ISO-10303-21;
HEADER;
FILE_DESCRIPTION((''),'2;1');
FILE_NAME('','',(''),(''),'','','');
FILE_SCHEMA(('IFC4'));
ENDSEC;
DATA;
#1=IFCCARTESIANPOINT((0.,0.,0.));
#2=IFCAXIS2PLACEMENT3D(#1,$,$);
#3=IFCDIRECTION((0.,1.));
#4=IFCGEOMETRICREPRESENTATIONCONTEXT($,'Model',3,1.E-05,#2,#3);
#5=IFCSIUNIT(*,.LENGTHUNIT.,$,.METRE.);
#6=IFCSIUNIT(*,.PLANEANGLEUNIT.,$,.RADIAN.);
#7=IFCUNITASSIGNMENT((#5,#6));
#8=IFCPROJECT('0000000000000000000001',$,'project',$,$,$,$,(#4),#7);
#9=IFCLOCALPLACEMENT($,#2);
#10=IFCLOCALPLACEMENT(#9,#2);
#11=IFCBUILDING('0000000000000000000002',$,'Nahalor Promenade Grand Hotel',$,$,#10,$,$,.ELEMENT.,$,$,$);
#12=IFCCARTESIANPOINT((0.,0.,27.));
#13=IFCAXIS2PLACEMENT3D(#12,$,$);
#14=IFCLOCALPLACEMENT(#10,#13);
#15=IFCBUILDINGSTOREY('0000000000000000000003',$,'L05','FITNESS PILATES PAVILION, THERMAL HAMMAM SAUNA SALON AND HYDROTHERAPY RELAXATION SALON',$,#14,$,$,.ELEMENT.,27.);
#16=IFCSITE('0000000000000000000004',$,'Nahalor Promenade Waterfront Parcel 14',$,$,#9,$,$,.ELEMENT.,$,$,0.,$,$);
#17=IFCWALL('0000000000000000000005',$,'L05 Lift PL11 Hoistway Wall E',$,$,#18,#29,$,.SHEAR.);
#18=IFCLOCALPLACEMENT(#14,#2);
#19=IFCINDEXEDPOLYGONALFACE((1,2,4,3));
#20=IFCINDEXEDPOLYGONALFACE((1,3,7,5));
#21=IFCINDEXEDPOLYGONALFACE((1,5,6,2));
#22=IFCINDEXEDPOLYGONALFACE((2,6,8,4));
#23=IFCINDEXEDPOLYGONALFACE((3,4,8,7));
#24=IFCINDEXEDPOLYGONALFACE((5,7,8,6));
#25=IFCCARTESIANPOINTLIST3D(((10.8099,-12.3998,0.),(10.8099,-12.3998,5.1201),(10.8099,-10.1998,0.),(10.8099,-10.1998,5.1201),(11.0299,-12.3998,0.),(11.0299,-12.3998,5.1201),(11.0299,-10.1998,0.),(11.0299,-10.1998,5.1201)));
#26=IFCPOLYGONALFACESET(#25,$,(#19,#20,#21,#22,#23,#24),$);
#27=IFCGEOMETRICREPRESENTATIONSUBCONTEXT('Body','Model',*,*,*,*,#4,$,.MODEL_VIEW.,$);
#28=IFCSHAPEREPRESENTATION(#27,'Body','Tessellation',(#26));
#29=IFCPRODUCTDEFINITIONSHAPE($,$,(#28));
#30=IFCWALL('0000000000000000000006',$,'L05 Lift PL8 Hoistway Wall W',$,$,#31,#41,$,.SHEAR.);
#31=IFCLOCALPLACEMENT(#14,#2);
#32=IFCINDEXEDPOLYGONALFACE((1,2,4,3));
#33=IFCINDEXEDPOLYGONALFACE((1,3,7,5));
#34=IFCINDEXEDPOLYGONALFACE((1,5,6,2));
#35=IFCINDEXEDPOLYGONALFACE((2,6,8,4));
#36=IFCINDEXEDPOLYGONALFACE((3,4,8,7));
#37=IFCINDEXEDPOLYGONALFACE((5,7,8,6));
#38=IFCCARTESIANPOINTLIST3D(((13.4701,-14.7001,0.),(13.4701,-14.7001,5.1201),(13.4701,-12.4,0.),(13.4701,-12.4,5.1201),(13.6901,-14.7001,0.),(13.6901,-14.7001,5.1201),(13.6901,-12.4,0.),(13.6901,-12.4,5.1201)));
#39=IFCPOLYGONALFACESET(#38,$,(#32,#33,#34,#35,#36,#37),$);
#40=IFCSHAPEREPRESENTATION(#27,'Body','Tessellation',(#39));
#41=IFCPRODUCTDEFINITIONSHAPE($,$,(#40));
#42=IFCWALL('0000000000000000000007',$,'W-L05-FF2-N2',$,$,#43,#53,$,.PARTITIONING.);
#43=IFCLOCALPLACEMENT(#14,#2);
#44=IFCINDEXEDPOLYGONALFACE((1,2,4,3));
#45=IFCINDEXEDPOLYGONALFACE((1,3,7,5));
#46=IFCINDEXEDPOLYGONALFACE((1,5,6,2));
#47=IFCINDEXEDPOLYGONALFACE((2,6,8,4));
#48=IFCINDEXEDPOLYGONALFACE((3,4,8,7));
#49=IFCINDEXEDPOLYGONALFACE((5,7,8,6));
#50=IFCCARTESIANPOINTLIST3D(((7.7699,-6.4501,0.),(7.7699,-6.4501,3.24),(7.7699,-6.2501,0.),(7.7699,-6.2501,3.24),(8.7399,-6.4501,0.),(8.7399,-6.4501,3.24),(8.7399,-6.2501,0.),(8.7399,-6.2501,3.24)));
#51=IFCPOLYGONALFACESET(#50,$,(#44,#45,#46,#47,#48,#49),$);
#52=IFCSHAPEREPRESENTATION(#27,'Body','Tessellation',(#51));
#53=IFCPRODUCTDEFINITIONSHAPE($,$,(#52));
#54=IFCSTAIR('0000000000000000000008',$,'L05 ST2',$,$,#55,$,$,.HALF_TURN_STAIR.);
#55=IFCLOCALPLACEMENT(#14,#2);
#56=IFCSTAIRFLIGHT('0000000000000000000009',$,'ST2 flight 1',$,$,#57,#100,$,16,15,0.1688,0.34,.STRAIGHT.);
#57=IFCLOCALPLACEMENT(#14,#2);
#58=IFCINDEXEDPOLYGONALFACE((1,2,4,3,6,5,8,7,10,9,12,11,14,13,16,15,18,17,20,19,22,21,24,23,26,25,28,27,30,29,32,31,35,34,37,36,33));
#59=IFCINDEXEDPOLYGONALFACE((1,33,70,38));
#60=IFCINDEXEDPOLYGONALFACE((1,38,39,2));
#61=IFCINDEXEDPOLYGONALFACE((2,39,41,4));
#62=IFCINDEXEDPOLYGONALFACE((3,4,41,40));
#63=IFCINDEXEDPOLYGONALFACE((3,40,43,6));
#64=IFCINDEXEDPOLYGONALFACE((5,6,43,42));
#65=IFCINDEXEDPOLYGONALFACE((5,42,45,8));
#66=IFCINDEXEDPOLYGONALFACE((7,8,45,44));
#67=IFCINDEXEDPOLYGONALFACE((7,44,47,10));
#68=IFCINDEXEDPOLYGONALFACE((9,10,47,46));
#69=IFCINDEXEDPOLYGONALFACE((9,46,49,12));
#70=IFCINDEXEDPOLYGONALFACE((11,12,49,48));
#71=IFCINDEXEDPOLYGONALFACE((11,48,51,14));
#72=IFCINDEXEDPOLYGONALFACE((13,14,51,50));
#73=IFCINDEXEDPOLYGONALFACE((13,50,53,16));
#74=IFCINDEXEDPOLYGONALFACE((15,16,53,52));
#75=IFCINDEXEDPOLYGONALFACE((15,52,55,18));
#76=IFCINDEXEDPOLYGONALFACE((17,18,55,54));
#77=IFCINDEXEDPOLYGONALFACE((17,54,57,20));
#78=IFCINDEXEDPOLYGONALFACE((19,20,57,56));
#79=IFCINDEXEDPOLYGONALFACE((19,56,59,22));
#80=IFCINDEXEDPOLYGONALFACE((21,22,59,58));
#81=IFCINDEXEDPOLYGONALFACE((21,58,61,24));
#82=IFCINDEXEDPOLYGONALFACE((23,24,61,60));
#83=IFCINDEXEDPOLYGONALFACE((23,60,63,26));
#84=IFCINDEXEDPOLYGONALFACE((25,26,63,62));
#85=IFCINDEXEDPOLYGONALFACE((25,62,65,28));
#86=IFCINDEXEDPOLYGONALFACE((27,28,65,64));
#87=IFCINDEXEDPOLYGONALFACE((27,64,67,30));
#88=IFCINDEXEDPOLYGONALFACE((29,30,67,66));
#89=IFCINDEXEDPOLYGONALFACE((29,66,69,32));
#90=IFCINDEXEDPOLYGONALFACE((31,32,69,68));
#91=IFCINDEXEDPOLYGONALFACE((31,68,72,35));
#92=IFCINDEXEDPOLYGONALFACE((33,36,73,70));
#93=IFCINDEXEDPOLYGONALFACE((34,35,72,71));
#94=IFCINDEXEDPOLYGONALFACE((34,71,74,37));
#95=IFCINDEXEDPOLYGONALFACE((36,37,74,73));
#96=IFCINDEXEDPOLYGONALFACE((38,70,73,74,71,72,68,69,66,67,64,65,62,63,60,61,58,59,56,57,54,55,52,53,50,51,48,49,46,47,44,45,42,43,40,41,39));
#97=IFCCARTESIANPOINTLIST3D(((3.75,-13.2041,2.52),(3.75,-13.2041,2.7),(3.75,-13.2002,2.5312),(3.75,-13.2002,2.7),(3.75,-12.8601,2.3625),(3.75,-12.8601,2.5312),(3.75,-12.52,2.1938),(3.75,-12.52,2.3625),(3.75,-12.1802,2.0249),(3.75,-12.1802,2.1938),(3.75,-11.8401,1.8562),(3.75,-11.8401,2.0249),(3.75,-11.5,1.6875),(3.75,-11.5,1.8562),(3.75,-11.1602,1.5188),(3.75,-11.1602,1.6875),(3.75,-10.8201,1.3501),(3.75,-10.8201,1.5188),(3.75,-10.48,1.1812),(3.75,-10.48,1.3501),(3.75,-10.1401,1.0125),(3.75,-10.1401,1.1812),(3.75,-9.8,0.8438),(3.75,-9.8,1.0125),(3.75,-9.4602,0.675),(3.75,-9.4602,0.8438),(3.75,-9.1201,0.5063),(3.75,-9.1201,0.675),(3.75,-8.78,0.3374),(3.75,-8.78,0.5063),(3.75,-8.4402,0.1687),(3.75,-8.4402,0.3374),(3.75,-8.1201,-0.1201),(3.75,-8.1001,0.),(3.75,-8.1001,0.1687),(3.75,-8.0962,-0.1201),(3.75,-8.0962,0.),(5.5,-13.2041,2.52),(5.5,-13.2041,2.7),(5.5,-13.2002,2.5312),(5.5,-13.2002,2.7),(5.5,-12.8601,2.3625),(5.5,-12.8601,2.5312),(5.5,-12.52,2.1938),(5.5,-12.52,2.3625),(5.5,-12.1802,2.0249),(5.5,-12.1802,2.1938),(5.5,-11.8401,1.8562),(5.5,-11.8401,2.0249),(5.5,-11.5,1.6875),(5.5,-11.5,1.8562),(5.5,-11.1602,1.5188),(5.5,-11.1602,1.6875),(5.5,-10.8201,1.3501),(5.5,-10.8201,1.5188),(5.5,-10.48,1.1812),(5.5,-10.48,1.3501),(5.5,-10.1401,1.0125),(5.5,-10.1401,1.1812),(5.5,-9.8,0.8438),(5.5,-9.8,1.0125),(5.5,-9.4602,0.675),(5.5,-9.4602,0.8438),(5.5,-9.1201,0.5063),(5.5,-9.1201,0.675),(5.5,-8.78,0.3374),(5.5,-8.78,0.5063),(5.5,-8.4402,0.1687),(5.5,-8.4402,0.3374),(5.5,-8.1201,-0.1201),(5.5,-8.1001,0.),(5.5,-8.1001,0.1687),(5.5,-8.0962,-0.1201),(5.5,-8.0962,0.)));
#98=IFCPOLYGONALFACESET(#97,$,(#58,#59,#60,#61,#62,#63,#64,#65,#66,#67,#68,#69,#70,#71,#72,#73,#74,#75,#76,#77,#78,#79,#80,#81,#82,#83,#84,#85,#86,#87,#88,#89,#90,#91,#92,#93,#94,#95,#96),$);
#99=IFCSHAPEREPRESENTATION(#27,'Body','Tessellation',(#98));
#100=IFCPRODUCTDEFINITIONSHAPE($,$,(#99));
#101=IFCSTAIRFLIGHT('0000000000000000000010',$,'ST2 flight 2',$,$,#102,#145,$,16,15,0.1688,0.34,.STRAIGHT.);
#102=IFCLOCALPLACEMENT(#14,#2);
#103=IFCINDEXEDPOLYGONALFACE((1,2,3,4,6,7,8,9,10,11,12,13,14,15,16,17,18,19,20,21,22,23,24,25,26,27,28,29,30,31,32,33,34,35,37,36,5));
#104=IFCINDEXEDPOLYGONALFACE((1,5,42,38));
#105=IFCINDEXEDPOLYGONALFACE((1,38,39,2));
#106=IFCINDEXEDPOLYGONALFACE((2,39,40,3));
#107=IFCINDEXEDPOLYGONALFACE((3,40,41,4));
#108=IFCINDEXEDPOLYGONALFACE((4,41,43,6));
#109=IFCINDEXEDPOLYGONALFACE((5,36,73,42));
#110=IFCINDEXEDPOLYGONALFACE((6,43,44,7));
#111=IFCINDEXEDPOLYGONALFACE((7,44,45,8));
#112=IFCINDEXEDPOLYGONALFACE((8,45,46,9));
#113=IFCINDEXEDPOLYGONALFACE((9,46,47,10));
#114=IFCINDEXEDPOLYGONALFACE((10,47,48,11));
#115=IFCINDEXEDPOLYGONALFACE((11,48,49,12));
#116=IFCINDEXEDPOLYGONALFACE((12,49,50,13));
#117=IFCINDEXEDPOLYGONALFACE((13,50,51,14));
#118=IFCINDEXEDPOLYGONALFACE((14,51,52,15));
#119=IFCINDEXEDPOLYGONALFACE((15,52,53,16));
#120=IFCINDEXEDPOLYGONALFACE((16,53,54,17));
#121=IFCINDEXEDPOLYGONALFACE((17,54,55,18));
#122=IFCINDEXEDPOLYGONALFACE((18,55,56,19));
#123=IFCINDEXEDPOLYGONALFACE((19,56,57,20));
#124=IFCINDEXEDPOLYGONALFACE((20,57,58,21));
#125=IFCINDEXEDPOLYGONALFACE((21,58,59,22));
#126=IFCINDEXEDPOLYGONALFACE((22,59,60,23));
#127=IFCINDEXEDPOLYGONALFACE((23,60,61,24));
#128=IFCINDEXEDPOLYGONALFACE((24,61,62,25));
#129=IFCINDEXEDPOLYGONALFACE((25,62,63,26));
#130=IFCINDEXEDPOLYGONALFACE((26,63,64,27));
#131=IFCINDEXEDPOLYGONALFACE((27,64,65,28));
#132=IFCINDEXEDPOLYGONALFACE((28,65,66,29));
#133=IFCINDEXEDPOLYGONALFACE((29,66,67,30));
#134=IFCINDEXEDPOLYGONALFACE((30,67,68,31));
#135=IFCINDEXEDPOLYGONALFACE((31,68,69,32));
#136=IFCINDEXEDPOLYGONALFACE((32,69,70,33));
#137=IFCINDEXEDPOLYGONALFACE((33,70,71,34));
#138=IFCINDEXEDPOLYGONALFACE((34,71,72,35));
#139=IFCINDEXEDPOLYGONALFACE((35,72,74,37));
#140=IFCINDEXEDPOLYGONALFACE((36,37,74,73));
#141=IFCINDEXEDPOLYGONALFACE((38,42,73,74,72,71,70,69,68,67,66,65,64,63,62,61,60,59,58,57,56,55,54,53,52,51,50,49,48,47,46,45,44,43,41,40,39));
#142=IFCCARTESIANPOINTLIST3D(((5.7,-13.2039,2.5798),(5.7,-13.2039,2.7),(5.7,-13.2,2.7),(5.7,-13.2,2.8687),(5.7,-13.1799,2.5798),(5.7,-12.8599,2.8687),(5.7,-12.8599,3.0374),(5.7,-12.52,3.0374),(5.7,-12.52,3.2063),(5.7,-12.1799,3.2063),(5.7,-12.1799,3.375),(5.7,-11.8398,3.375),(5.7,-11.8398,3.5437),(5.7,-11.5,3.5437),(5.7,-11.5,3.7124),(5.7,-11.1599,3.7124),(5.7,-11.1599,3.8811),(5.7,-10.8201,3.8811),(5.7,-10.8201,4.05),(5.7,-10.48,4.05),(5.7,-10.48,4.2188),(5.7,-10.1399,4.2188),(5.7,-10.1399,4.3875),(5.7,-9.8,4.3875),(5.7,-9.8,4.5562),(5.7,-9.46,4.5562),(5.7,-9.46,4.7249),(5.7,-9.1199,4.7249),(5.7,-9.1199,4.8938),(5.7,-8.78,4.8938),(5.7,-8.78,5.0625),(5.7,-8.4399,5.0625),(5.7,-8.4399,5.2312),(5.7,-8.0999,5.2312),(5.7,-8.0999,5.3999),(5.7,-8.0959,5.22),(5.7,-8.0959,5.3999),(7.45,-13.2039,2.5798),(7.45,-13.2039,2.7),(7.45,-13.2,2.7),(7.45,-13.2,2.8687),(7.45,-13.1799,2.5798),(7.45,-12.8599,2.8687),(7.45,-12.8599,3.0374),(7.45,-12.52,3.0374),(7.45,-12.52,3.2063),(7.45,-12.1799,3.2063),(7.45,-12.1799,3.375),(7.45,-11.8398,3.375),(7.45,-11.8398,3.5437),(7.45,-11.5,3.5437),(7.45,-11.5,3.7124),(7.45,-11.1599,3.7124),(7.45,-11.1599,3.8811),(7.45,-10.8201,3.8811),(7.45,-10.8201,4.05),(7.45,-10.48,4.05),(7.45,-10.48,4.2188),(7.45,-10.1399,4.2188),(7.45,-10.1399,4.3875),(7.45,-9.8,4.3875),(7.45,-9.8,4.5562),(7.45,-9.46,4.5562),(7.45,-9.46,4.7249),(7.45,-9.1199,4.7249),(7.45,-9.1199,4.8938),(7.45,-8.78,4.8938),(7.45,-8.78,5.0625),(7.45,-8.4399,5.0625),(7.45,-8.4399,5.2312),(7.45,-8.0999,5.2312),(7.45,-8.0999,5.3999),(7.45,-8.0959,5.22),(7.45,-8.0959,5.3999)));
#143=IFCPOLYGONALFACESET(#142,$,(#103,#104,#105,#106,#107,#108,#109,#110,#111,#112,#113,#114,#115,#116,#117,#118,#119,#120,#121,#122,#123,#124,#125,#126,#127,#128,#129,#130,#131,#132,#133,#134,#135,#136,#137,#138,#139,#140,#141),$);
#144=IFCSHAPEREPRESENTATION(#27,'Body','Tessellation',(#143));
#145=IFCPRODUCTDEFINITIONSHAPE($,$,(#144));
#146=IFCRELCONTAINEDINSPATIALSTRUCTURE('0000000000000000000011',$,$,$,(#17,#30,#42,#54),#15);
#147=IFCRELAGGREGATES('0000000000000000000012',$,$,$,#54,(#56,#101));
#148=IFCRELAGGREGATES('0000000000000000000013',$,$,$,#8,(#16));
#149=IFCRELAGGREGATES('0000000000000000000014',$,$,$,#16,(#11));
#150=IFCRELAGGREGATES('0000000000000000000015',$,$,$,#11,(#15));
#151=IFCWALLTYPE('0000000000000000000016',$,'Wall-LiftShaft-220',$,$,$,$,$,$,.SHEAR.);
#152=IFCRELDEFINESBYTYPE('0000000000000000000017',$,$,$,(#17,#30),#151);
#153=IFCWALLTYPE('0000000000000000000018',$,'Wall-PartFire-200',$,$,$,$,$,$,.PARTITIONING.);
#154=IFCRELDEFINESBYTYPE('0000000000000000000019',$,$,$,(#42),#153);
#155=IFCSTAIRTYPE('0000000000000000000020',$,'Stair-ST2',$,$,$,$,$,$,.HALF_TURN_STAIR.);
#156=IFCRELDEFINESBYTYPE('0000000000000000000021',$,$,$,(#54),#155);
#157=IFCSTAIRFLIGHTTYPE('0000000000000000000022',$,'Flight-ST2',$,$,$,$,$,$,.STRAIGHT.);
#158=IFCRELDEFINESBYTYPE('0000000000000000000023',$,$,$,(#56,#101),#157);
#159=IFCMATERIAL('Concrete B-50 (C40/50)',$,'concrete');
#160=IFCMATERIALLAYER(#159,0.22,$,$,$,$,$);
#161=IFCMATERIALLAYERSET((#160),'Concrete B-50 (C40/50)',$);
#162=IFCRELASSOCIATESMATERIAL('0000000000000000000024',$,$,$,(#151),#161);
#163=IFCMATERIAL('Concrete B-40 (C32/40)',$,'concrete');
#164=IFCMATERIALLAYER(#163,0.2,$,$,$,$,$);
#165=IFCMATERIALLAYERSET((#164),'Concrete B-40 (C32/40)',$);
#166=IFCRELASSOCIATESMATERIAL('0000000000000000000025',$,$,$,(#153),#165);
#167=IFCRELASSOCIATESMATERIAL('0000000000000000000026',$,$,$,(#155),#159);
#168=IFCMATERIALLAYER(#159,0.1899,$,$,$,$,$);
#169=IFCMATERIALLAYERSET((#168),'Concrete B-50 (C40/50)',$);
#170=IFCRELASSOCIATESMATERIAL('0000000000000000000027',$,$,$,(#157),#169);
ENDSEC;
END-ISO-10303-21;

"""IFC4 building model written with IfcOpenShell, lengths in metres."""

from ifc_helpers import new_model, si_unit, direction, frame, frame_2d, origin, place, context, subcontext, project, spatial, polyline, rectangle, outline, extrude, source, transform, mapped, material, layer, layer_set, type_object, element, aggregate, save


model = new_model("IFC4")

# Units and contexts
model_context = context("Model", 3, precision=1e-05, world=origin(), true_north=direction((0.0, 1.0)))
body_context = subcontext(model_context, "Body", "Model", "MODEL_VIEW")
ifc_project = project(units=[si_unit("LENGTHUNIT", "METRE"), si_unit("PLANEANGLEUNIT", "RADIAN")], contexts=[model_context])

# Site, building, storey
site_placement = place(None, origin())
site = spatial("IfcSite", under=ifc_project, at=site_placement, Name="Nahalor Promenade Waterfront Parcel 14", CompositionType="ELEMENT", RefElevation=0.0)
building_placement = place(site_placement, origin())
building = spatial("IfcBuilding", under=site, at=building_placement, Name="Nahalor Promenade Grand Hotel", CompositionType="ELEMENT")
storey_placement = place(building_placement, frame((0.0, 0.0, 27.0)))
storey = spatial("IfcBuildingStorey", under=building, at=storey_placement, Name="L05", Description="FITNESS PILATES PAVILION, THERMAL HAMMAM SAUNA SALON AND HYDROTHERAPY RELAXATION SALON", CompositionType="ELEMENT", Elevation=27.0)

# Walls
ifc_material_1 = material(Name="Concrete B-50 (C40/50)", Category="concrete")
ifc_layer_1 = layer(ifc_material_1, 0.22)
ifc_layer_set_1 = layer_set([ifc_layer_1], Name="Concrete B-50 (C40/50)")
wall_type_1 = type_object("IfcWallType", Name="Wall-LiftShaft-220", PredefinedType="SHEAR", material=ifc_layer_set_1)
shared_shape_1 = source(origin(), body_context, "Body", "SweptSolid", [
    extrude(rectangle(XDim=2.2, YDim=0.22, at=frame_2d((1.1001, 0.0))), origin(), (0.0, 0.0, 1.0), 5.1201),
])
for number, where, z_axis, x_axis, name in (
    (1, (10.9199, -12.3999, 0.0), (0.0, 0.0, 1.0), (0.0, 1.0, 0.0), "L05 Lift PL11 Hoistway Wall E"),
):
    element("IfcWall", number, at=place(storey_placement, frame(where, z_axis=z_axis, x_axis=x_axis)), inside=storey, type_object=wall_type_1, Name=name, PredefinedType="SHEAR", context=body_context, shape_type="MappedRepresentation", body=[
        mapped(shared_shape_1, transform((0.0, 0.0, 0.0), scale=1.0)),
    ])
shared_shape_2 = source(origin(), body_context, "Body", "SweptSolid", [
    extrude(rectangle(XDim=2.3, YDim=0.22, at=frame_2d((1.1499, 0.0))), origin(), (0.0, 0.0, 1.0), 5.1201),
])
wall_1_placement = place(storey_placement, frame((13.5801, -14.7, 0.0), z_axis=(0.0, 0.0, 1.0), x_axis=(0.0, 1.0, 0.0)))
element("IfcWall", 2, at=wall_1_placement, inside=storey, type_object=wall_type_1, Name="L05 Lift PL8 Hoistway Wall W", PredefinedType="SHEAR", context=body_context, shape_type="MappedRepresentation", body=[
    mapped(shared_shape_2, transform((0.0, 0.0, 0.0), scale=1.0)),
])
ifc_material_2 = material(Name="Concrete B-40 (C32/40)", Category="concrete")
ifc_layer_2 = layer(ifc_material_2, 0.2)
ifc_layer_set_2 = layer_set([ifc_layer_2], Name="Concrete B-40 (C32/40)")
wall_type_2 = type_object("IfcWallType", Name="Wall-PartFire-200", PredefinedType="PARTITIONING", material=ifc_layer_set_2)
shared_shape_3 = source(origin(), body_context, "Body", "SweptSolid", [
    extrude(rectangle(XDim=0.97, YDim=0.2, at=frame_2d((0.4849, 0.0))), origin(), (0.0, 0.0, 1.0), 3.24),
])
wall_2_placement = place(storey_placement, frame((7.77, -6.3501, 0.0), z_axis=(0.0, 0.0, 1.0), x_axis=(1.0, 0.0, 0.0)))
element("IfcWall", 3, at=wall_2_placement, inside=storey, type_object=wall_type_2, Name="W-L05-FF2-N2", PredefinedType="PARTITIONING", context=body_context, shape_type="MappedRepresentation", body=[
    mapped(shared_shape_3, transform((0.0, 0.0, 0.0), scale=1.0)),
])

# Stair, stair flights
stair_type = type_object("IfcStairType", Name="Stair-ST2", PredefinedType="HALF_TURN_STAIR", material=ifc_material_1)
stair_placement = place(storey_placement, origin())
stair = element("IfcStair", 4, at=stair_placement, inside=storey, type_object=stair_type, Name="L05 ST2", PredefinedType="HALF_TURN_STAIR")
ifc_layer_3 = layer(ifc_material_1, 0.1899)
ifc_layer_set_3 = layer_set([ifc_layer_3], Name="Concrete B-50 (C40/50)")
stair_flight_type = type_object("IfcStairFlightType", Name="Flight-ST2", PredefinedType="STRAIGHT", material=ifc_layer_set_3)
shared_shape_4 = source(origin(), body_context, "Body", "SweptSolid", [
    extrude(outline(polyline([(-0.0039, -0.1201), (-0.0039, 0.0), (0.0, 0.0), (0.0, 0.1687), (0.3401, 0.1687), (0.3401, 0.3374), (0.6799, 0.3374), (0.6799, 0.5063), (1.02, 0.5063), (1.02, 0.675), (1.3601, 0.675), (1.3601, 0.8438), (1.7, 0.8438), (1.7, 1.0125), (2.04, 1.0125), (2.04, 1.1812), (2.3799, 1.1812), (2.3799, 1.3501), (2.72, 1.3501), (2.72, 1.5188), (3.0601, 1.5188), (3.0601, 1.6875), (3.3999, 1.6875), (3.3999, 1.8562), (3.74, 1.8562), (3.74, 2.0249), (4.0801, 2.0249), (4.0801, 2.1938), (4.4199, 2.1938), (4.4199, 2.3625), (4.76, 2.3625), (4.76, 2.5312), (5.1001, 2.5312), (5.1001, 2.7), (5.104, 2.7), (5.104, 2.52), (0.02, -0.1201), (-0.0039, -0.1201)])), frame((0.0, 0.875, 0.0), z_axis=(0.0, -1.0, 0.0), x_axis=(1.0, 0.0, 0.0)), (0.0, 0.0, 1.0), 1.75),
])
stair_flight_1_placement = place(storey_placement, frame((4.625, -8.1001, 0.0), z_axis=(0.0, 0.0, 1.0), x_axis=(0.0, -1.0, 0.0)))
stair_flight_1 = element("IfcStairFlight", 5, at=stair_flight_1_placement, type_object=stair_flight_type, Name="ST2 flight 1", NumberOfRisers=16, NumberOfTreads=15, PredefinedType="STRAIGHT", RiserHeight=0.1688, TreadLength=0.34, context=body_context, shape_type="MappedRepresentation", body=[
    mapped(shared_shape_4, transform((0.0, 0.0, 0.0), scale=1.0)),
])
stair_flight_2_placement = place(storey_placement, frame((6.575, -13.2, 2.7), z_axis=(0.0, 0.0, 1.0), x_axis=(0.0, 1.0, 0.0)))
stair_flight_2 = element("IfcStairFlight", 6, at=stair_flight_2_placement, type_object=stair_flight_type, Name="ST2 flight 2", NumberOfRisers=16, NumberOfTreads=15, PredefinedType="STRAIGHT", RiserHeight=0.1688, TreadLength=0.34, context=body_context, shape_type="MappedRepresentation", body=[
    mapped(shared_shape_4, transform((0.0, 0.0, 0.0), scale=1.0)),
])
aggregate(stair, [stair_flight_1, stair_flight_2])

save(model, "model.ifc")
